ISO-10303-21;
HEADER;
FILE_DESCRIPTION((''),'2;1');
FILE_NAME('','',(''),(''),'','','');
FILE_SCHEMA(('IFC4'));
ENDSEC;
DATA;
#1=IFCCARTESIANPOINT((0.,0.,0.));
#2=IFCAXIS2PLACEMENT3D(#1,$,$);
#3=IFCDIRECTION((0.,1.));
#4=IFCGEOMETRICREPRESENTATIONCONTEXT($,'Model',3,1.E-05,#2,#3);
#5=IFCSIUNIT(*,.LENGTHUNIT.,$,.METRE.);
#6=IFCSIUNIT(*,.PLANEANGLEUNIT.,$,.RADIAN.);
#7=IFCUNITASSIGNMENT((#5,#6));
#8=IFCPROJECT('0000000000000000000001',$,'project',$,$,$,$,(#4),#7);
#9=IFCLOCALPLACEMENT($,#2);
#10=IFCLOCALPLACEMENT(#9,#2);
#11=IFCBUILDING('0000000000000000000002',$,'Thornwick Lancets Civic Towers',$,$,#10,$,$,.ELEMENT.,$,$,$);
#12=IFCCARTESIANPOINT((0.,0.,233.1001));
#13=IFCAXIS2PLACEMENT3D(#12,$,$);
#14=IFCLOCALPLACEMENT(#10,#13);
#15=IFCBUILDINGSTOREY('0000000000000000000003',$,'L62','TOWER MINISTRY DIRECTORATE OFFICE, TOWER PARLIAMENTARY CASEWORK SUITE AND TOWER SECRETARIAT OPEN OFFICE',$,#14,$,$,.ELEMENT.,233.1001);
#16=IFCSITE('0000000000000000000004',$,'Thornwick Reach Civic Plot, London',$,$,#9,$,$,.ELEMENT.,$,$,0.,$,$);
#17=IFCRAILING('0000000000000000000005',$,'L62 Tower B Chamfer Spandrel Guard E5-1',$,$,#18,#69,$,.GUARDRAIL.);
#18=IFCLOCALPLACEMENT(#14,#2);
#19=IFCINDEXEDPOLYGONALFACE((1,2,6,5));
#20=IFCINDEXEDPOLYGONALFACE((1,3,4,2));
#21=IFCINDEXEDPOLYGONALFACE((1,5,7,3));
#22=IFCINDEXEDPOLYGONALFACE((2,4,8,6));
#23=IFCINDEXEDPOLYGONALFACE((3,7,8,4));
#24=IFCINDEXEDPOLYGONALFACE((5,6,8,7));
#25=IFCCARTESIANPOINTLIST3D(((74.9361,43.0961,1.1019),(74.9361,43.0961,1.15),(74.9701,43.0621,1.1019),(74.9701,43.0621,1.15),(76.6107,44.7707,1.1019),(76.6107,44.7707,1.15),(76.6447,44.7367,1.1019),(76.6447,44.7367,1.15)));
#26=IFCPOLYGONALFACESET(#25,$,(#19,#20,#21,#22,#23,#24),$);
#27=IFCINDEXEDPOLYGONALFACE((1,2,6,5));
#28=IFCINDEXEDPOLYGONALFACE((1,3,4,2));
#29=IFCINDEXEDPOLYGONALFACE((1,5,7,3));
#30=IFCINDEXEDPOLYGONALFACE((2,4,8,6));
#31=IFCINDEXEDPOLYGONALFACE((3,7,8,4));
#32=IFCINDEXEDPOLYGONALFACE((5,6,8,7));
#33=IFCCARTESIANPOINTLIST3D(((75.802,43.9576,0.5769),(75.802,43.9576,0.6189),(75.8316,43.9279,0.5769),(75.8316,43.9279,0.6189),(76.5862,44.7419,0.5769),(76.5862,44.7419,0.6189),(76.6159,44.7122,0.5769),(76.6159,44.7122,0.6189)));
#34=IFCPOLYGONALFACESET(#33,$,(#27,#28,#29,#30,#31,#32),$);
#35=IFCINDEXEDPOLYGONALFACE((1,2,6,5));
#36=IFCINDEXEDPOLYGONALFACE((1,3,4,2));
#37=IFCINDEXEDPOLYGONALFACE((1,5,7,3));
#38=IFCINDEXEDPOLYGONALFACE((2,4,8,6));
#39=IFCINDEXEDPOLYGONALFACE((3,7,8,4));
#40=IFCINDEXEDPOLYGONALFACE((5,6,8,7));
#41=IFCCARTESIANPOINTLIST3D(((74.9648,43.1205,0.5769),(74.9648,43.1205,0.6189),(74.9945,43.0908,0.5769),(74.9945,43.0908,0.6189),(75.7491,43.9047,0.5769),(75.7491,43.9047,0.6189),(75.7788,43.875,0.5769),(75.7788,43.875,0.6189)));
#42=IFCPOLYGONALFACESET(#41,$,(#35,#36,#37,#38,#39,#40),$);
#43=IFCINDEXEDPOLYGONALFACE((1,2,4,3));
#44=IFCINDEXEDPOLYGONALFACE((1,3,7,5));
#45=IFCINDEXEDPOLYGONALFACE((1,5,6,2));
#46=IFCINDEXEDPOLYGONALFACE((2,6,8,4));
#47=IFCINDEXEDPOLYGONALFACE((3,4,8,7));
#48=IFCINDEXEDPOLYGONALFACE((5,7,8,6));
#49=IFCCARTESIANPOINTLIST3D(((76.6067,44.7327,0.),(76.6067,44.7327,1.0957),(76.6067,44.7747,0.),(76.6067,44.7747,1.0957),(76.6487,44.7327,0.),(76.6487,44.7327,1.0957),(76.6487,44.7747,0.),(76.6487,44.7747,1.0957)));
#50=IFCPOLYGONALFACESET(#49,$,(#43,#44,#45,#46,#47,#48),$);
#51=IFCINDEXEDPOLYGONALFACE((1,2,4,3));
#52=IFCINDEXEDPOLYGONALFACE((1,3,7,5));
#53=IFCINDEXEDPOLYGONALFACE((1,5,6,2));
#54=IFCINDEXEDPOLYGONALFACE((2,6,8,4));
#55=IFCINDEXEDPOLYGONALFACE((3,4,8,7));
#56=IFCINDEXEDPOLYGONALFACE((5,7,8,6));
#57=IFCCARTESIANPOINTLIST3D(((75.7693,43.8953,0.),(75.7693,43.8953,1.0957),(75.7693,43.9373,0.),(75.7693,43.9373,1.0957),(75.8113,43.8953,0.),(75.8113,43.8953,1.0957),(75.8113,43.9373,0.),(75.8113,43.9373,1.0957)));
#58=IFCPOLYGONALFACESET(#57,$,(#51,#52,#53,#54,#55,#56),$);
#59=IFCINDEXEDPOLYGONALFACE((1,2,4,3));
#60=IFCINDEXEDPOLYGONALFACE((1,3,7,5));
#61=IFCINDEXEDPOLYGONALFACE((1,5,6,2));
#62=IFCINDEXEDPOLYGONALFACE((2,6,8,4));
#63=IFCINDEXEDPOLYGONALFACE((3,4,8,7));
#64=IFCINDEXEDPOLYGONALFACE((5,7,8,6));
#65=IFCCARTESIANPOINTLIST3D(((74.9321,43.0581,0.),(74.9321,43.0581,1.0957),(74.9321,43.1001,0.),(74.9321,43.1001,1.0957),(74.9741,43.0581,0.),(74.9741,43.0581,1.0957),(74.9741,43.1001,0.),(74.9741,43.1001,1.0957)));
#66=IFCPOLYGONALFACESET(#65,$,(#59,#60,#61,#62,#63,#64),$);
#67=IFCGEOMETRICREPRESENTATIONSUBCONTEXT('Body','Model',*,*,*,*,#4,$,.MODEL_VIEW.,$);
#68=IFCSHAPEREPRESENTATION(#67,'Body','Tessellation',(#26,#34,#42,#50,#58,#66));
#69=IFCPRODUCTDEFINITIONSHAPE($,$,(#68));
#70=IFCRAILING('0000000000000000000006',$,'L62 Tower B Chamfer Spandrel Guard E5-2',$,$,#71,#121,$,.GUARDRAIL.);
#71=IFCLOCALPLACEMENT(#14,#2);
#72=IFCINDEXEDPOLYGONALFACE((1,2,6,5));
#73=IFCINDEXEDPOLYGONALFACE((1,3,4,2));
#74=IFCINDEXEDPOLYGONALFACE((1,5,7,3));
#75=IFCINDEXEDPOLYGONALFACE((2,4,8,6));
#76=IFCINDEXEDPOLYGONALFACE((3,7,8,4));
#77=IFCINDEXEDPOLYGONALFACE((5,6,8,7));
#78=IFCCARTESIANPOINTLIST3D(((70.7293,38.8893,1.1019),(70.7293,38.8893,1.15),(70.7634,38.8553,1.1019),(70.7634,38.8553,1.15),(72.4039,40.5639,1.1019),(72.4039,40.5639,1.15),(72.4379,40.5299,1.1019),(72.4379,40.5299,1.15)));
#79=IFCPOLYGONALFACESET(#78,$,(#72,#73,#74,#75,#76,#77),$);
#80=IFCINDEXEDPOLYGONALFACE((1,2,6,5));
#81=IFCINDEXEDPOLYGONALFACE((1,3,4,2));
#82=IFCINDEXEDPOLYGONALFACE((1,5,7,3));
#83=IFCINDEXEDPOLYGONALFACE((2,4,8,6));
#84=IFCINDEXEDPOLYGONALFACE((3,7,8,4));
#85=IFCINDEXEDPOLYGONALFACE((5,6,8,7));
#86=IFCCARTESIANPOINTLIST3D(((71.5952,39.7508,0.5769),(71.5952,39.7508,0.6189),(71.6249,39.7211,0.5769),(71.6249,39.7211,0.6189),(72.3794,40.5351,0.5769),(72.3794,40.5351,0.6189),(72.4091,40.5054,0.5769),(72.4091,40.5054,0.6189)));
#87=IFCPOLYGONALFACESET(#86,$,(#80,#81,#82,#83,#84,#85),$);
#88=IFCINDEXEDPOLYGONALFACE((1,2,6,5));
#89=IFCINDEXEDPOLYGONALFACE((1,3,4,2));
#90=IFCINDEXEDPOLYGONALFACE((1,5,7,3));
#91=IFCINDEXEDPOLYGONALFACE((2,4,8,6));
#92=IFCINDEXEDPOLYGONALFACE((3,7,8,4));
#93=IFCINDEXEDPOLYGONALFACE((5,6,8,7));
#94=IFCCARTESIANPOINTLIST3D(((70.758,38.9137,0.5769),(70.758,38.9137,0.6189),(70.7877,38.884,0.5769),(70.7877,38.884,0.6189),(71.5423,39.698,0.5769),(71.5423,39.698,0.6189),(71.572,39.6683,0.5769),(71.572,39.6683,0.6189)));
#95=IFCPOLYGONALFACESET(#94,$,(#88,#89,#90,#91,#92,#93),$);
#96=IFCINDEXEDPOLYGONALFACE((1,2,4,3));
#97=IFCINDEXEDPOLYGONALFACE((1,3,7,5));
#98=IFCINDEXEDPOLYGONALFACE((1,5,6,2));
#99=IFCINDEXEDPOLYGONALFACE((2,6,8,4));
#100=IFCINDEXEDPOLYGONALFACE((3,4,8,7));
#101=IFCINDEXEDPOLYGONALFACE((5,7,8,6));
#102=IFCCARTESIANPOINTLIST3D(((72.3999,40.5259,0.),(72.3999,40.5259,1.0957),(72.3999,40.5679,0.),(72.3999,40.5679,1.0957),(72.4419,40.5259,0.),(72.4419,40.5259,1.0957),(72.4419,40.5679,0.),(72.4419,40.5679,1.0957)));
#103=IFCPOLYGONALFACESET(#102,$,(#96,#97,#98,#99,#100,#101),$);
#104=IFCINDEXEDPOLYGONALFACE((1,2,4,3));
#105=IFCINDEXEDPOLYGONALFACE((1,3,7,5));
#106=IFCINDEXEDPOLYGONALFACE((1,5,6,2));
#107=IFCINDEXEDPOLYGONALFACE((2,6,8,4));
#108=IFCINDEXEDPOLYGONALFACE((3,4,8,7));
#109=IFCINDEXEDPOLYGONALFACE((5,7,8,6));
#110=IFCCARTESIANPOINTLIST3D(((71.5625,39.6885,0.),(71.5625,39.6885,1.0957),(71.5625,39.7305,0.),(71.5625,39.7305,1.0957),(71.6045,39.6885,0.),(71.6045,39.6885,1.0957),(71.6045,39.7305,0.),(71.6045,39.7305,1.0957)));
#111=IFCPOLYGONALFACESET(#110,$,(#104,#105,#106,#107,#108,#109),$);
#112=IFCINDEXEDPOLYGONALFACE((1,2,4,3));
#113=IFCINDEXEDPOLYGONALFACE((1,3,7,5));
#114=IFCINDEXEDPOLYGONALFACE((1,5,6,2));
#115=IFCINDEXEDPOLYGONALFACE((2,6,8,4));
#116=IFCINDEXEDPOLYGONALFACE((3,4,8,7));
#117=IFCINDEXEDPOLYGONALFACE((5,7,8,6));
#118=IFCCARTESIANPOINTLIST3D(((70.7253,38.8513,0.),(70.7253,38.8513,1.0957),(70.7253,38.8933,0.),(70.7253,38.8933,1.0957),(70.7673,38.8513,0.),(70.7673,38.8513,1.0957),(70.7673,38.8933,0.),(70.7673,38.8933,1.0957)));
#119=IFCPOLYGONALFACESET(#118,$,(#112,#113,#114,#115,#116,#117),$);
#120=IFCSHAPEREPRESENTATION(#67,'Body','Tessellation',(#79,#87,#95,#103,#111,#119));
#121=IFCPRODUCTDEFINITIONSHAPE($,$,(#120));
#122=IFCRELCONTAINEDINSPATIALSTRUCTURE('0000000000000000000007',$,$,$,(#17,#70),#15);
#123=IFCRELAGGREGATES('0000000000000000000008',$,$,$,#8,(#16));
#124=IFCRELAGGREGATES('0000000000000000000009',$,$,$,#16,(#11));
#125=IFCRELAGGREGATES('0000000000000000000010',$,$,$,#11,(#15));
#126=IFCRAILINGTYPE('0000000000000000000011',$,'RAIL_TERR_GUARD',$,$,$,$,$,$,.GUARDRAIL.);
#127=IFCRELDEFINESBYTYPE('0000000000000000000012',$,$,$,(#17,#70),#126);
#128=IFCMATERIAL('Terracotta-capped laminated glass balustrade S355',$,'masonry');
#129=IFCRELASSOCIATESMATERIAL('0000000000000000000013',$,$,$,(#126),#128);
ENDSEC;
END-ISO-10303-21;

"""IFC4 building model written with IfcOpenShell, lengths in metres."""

from ifc_helpers import new_model, si_unit, direction, frame, origin, origin_2d, place, context, subcontext, project, spatial, rectangle, extrude, material, type_object, element, save


model = new_model("IFC4")

# Units and contexts
model_context = context("Model", 3, precision=1e-05, world=origin(), true_north=direction((0.0, 1.0)))
body_context = subcontext(model_context, "Body", "Model", "MODEL_VIEW")
ifc_project = project(units=[si_unit("LENGTHUNIT", "METRE"), si_unit("PLANEANGLEUNIT", "RADIAN")], contexts=[model_context])

# Site, building, storey
site_placement = place(None, origin())
site = spatial("IfcSite", under=ifc_project, at=site_placement, Name="Thornwick Reach Civic Plot, London", CompositionType="ELEMENT", RefElevation=0.0)
building_placement = place(site_placement, origin())
building = spatial("IfcBuilding", under=site, at=building_placement, Name="Thornwick Lancets Civic Towers", CompositionType="ELEMENT")
storey_placement = place(building_placement, frame((0.0, 0.0, 233.1001)))
storey = spatial("IfcBuildingStorey", under=building, at=storey_placement, Name="L62", Description="TOWER MINISTRY DIRECTORATE OFFICE, TOWER PARLIAMENTARY CASEWORK SUITE AND TOWER SECRETARIAT OPEN OFFICE", CompositionType="ELEMENT", Elevation=233.1001)

# Railings
ifc_material_1 = material(Name="Terracotta-capped laminated glass balustrade S355", Category="masonry")
railing_type_1 = type_object("IfcRailingType", Name="RAIL_TERR_GUARD", PredefinedType="GUARDRAIL", material=ifc_material_1)
for number, where, name in (
    (1, (76.6277, 44.7537, 0.0), "L62 Tower B Chamfer Spandrel Guard E5-1"),
    (2, (72.4209, 40.5469, 0.0), "L62 Tower B Chamfer Spandrel Guard E5-2"),
):
    element("IfcRailing", number, at=place(storey_placement, frame(where)), inside=storey, type_object=railing_type_1, Name=name, PredefinedType="GUARDRAIL", context=body_context, shape_type="SweptSolid", body=[
        extrude(rectangle(XDim=0.0481, YDim=0.0481, at=origin_2d()), frame((0.0, 0.0, 1.126), z_axis=(-0.707107, -0.707107, 0.0), x_axis=(0.707107, -0.707107, 0.0)), (0.0, 0.0, 1.0), 2.3682),
        extrude(rectangle(XDim=0.042, YDim=0.042, at=origin_2d()), frame((-0.0266, -0.0266, 0.5979), z_axis=(-0.707107, -0.707107, 0.0), x_axis=(0.707107, -0.707107, 0.0)), (0.0, 0.0, 1.0), 1.1091),
        extrude(rectangle(XDim=0.042, YDim=0.042, at=origin_2d()), frame((-0.8638, -0.8638, 0.5979), z_axis=(-0.707107, -0.707107, 0.0), x_axis=(0.707107, -0.707107, 0.0)), (0.0, 0.0, 1.0), 1.1091),
        extrude(rectangle(XDim=0.042, YDim=0.042, at=origin_2d()), origin(), (0.0, 0.0, 1.0), 1.0957),
        extrude(rectangle(XDim=0.042, YDim=0.042, at=origin_2d()), frame((-0.8374, -0.8374, 0.0)), (0.0, 0.0, 1.0), 1.0957),
        extrude(rectangle(XDim=0.042, YDim=0.042, at=origin_2d()), frame((-1.6746, -1.6746, 0.0)), (0.0, 0.0, 1.0), 1.0957),
    ])

save(model, "model.ifc")
